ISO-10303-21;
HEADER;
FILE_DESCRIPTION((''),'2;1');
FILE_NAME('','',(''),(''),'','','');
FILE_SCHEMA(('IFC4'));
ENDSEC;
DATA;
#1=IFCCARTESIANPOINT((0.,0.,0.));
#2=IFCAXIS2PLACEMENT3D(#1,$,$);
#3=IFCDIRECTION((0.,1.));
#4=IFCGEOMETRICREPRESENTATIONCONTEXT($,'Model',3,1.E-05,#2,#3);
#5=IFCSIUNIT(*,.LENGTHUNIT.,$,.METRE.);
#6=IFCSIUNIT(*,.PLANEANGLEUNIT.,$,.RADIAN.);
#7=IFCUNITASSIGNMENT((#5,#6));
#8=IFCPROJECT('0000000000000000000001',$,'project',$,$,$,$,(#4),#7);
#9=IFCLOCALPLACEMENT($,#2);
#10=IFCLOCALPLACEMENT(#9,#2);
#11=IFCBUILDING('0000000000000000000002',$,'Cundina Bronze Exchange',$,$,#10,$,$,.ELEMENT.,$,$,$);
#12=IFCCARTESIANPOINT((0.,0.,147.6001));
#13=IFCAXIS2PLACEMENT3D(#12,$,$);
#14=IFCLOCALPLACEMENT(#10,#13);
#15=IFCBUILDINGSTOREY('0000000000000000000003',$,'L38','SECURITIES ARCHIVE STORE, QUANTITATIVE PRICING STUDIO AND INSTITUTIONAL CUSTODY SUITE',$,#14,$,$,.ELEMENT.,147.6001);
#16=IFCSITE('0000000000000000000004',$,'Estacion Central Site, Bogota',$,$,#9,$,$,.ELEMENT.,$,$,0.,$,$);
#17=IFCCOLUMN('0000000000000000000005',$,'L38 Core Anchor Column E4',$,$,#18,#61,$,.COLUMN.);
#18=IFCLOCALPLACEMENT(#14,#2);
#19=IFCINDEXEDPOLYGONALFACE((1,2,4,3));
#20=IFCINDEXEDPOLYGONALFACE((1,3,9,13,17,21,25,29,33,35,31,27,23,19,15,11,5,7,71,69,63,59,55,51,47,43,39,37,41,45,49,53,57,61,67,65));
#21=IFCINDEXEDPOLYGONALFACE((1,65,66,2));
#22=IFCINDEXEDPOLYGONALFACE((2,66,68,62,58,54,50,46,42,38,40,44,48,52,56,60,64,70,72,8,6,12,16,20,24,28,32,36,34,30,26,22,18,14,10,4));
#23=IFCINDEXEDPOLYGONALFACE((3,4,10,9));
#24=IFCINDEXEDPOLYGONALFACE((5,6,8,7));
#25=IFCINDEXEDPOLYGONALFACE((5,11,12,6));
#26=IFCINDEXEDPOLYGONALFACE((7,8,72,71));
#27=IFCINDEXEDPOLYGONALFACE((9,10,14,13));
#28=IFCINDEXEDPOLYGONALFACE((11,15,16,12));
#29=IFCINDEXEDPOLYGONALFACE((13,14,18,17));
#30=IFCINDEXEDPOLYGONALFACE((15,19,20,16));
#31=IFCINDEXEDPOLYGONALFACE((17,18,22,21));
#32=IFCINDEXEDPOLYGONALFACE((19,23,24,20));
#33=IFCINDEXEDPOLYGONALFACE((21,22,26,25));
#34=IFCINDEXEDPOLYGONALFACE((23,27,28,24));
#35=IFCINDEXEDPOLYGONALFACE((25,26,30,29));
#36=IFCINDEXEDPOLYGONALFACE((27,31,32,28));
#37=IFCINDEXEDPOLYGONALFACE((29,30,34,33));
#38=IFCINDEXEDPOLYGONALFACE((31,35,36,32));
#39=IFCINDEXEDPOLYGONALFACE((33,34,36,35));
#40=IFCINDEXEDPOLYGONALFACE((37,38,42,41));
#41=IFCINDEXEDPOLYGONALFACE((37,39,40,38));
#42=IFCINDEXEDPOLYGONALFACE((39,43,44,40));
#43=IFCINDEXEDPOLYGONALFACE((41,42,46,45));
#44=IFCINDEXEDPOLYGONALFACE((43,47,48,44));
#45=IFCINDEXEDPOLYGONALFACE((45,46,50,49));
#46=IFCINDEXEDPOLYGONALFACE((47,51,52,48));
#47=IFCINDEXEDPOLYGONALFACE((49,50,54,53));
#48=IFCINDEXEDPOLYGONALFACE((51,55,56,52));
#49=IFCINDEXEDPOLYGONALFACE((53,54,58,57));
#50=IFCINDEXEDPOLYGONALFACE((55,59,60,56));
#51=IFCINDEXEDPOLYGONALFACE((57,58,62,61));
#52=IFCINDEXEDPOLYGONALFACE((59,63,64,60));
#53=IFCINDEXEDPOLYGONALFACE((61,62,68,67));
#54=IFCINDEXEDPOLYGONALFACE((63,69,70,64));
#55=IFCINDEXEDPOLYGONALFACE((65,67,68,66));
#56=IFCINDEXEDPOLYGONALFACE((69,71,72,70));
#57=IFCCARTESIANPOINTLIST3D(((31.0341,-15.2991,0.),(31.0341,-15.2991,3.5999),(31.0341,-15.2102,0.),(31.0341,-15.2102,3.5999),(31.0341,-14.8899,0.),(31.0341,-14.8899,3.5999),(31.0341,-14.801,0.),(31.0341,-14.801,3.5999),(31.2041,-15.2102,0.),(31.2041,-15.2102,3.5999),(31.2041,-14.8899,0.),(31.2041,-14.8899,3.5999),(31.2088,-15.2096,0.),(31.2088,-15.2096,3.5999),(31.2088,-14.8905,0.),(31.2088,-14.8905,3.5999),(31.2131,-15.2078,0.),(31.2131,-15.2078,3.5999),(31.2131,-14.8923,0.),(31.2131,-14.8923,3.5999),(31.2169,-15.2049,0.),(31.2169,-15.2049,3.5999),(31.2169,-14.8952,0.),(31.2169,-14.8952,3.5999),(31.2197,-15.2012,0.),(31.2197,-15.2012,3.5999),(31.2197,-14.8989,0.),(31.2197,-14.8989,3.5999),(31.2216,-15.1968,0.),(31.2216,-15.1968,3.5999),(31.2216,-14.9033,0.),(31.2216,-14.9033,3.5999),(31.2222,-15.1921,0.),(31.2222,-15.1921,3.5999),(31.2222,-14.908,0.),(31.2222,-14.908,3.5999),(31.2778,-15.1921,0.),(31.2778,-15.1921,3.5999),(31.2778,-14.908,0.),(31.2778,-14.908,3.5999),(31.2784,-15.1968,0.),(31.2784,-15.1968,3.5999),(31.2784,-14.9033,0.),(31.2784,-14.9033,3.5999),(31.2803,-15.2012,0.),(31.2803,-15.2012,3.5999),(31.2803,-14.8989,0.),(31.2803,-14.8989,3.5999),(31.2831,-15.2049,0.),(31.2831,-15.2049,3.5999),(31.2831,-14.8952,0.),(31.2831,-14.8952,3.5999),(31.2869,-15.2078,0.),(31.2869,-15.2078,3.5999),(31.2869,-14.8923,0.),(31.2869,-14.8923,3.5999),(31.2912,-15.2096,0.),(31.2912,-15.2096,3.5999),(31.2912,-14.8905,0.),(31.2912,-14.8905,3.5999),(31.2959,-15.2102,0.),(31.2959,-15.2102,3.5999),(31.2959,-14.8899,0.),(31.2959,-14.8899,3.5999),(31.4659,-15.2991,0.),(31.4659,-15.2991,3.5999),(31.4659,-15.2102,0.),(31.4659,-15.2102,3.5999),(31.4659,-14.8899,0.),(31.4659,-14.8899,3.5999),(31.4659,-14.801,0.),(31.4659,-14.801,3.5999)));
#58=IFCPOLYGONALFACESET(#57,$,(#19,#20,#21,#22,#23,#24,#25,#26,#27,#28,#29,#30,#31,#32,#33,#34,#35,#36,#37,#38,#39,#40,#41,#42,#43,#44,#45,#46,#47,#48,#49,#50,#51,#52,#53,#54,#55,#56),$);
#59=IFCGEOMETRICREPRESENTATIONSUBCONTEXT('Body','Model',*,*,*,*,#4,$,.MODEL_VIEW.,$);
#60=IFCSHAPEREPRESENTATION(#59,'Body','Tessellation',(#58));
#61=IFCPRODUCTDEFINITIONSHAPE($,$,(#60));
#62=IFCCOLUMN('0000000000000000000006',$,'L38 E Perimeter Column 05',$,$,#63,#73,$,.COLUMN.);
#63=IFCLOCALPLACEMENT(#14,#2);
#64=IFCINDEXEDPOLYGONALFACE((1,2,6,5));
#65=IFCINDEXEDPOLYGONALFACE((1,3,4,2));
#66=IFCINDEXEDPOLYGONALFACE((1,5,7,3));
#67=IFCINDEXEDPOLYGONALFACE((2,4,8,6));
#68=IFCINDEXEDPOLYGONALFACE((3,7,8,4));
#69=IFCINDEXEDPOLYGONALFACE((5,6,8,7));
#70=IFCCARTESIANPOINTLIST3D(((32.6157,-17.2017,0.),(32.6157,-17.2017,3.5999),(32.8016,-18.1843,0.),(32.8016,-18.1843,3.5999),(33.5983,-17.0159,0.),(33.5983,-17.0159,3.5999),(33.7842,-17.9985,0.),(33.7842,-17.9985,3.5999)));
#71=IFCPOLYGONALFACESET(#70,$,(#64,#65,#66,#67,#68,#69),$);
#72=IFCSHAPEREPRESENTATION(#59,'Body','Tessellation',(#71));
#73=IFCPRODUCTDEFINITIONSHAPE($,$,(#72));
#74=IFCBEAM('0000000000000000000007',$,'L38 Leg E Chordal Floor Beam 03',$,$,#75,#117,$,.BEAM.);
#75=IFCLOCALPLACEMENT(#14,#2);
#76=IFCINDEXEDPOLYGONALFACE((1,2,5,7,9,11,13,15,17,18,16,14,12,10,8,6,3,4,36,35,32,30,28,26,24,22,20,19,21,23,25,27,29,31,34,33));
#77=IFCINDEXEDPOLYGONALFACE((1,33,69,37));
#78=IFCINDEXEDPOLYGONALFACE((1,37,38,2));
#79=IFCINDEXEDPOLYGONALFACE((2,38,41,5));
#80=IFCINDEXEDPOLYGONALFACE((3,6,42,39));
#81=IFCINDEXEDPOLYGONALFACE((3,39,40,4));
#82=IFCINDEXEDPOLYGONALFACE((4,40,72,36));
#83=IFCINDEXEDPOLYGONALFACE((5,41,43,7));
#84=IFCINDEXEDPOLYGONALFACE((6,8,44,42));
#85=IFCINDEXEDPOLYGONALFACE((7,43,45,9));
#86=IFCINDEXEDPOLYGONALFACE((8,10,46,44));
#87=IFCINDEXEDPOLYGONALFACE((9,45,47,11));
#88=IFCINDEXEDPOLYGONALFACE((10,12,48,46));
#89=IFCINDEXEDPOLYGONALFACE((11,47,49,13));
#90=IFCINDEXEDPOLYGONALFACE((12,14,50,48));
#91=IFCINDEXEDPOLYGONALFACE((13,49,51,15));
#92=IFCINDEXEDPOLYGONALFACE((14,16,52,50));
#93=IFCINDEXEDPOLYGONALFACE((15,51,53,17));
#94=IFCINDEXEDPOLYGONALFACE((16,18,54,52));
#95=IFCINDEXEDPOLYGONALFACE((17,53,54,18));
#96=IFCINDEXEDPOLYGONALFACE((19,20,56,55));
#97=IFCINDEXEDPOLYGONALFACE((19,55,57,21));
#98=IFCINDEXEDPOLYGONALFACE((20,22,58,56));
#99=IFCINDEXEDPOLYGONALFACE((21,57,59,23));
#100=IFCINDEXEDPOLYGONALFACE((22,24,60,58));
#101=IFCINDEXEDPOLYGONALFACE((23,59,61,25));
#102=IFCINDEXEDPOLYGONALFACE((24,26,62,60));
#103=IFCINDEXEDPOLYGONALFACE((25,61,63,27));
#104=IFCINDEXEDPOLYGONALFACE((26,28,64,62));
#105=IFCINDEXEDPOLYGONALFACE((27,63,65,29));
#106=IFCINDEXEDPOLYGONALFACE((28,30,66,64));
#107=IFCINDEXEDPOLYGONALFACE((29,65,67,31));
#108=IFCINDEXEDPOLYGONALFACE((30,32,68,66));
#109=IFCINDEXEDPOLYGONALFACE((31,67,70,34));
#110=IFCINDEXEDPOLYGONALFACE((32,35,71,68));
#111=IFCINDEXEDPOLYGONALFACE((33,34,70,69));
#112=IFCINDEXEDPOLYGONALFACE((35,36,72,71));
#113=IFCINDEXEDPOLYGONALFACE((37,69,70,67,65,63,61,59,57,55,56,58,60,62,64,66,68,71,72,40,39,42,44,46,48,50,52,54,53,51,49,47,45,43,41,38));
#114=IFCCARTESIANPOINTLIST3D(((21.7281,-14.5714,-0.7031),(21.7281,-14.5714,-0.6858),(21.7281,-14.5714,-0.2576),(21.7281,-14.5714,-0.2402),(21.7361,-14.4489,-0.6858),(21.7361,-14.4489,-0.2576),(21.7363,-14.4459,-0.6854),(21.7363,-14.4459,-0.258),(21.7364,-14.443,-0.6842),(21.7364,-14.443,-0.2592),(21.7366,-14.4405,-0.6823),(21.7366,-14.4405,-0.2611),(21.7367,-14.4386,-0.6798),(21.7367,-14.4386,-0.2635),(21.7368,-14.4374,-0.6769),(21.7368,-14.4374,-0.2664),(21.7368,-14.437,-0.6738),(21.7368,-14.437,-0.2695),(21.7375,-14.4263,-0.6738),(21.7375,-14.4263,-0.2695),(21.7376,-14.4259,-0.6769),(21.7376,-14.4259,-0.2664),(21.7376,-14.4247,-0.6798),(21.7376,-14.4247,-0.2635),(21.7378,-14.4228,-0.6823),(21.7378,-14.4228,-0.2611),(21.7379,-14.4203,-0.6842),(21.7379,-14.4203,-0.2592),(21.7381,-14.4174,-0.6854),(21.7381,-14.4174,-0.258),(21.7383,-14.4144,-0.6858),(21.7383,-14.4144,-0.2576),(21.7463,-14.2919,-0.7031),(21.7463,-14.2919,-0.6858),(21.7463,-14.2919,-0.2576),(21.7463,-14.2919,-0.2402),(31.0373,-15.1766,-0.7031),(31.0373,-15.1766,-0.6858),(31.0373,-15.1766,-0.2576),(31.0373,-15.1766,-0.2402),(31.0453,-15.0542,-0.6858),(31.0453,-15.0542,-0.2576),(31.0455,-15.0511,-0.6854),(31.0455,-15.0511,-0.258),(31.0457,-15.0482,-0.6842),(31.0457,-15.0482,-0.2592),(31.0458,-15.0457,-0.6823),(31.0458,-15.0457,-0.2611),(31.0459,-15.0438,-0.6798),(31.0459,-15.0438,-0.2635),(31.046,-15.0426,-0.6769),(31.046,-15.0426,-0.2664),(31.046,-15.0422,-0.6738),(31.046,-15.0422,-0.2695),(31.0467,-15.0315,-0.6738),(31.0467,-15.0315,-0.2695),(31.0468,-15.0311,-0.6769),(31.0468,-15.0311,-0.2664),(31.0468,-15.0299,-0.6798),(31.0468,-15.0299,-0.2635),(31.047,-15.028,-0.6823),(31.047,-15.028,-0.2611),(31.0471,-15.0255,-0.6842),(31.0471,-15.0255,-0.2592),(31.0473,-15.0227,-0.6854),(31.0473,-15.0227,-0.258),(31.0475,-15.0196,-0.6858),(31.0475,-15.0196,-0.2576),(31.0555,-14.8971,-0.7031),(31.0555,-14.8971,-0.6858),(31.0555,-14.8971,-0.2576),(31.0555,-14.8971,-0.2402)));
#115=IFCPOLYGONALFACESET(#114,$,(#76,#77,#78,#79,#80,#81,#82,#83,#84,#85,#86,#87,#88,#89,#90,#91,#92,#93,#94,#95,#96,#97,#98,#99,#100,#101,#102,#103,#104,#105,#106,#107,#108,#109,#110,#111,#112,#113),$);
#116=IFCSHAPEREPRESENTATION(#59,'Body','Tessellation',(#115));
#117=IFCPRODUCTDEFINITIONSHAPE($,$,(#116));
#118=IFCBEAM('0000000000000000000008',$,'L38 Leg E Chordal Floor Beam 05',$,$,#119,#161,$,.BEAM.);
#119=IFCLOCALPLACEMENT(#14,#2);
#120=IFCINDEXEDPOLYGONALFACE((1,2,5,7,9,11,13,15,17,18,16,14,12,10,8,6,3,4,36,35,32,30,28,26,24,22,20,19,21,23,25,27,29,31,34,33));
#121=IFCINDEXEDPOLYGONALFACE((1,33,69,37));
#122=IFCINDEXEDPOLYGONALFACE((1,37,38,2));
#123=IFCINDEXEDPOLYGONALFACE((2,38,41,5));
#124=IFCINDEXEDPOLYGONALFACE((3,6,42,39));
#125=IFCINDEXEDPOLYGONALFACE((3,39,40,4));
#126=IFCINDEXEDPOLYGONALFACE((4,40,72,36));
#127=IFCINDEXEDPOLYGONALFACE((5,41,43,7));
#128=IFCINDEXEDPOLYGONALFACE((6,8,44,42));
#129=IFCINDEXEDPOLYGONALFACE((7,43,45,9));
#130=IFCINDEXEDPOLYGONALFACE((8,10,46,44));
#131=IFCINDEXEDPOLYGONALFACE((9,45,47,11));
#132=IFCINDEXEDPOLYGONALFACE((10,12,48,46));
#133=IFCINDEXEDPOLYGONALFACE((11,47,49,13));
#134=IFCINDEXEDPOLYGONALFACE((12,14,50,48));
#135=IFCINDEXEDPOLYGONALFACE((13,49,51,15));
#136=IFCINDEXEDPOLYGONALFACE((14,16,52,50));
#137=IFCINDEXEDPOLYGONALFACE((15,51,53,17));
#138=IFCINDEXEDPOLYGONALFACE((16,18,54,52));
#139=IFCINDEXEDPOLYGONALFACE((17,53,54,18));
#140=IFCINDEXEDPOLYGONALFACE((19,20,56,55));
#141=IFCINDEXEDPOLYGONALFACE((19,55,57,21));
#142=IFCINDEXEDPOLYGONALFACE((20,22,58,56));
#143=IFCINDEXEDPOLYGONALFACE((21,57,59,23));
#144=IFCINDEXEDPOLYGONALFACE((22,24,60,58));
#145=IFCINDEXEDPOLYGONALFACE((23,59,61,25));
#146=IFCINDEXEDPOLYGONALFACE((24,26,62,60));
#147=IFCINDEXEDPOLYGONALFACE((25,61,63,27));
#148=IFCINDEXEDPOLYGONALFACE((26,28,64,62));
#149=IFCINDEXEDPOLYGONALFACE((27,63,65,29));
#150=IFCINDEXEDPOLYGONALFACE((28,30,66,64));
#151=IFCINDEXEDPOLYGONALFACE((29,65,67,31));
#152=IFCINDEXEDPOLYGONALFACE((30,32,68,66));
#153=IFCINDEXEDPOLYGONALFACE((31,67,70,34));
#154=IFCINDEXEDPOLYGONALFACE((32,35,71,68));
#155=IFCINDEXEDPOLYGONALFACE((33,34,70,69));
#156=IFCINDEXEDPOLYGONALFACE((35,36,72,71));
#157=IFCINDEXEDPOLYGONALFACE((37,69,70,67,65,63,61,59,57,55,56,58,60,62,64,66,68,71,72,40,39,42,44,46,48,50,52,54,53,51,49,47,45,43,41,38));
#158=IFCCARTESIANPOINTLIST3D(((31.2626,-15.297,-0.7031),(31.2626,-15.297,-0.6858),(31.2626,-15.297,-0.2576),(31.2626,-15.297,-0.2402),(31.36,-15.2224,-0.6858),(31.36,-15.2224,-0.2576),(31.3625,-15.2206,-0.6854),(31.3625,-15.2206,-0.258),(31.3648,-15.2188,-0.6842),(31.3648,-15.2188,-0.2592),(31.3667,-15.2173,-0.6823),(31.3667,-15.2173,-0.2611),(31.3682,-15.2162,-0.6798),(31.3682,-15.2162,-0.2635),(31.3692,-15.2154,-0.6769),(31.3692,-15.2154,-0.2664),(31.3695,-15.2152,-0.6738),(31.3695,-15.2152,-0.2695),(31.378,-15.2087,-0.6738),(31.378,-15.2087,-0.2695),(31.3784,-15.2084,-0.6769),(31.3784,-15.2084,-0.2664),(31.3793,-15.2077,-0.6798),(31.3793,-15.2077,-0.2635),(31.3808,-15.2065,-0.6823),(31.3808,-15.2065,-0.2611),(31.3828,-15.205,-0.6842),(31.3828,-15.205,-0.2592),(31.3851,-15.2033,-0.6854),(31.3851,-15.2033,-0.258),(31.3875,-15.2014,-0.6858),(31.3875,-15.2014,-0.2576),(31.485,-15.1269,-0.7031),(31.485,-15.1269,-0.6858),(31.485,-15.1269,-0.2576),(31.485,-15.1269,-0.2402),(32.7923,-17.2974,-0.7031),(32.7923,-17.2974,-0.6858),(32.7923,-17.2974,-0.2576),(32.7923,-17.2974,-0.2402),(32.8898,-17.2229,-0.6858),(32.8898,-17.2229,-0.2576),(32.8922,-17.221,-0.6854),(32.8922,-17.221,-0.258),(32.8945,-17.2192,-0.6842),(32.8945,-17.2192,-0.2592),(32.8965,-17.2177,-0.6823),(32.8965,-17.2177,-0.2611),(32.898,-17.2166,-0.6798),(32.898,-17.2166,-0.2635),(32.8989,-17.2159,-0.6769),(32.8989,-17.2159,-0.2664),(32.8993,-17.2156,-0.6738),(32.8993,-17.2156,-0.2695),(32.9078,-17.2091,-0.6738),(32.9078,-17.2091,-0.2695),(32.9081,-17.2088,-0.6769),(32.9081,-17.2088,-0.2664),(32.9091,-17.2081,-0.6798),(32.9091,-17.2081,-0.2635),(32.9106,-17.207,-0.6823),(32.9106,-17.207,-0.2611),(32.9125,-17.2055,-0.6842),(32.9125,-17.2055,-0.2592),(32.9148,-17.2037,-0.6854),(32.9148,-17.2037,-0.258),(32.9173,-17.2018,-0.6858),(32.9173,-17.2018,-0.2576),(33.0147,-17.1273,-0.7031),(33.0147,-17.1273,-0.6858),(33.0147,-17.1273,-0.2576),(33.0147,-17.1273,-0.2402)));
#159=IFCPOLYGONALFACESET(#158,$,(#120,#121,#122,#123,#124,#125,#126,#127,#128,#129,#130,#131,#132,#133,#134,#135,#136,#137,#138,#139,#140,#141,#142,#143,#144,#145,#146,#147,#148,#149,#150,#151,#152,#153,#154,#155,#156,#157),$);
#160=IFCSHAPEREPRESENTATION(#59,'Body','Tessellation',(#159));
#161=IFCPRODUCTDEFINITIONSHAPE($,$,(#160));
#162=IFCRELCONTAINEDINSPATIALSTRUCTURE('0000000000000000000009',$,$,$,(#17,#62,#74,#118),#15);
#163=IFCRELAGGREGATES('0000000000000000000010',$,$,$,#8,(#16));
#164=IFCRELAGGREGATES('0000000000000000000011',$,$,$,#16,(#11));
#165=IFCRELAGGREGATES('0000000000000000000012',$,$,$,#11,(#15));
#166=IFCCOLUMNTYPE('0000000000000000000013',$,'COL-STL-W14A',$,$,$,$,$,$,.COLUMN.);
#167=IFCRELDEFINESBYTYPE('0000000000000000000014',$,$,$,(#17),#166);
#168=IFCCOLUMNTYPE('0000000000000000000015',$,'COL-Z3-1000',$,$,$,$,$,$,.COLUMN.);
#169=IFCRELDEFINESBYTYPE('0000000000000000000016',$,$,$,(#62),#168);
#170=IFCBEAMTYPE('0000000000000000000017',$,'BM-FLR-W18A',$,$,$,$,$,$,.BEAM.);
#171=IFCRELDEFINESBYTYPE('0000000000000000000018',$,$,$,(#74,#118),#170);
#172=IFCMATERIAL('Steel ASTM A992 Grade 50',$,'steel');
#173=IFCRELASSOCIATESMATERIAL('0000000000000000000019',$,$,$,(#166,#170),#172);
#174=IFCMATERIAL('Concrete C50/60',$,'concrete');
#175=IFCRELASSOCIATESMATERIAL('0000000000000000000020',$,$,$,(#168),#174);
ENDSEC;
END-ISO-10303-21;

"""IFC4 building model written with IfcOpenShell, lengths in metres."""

from ifc_helpers import new_model, si_unit, direction, frame, origin, origin_2d, place, context, subcontext, project, spatial, rectangle, i_section, extrude, material, material_profile, profile_set, type_object, element, save


model = new_model("IFC4")

# Units and contexts
model_context = context("Model", 3, precision=1e-05, world=origin(), true_north=direction((0.0, 1.0)))
body_context = subcontext(model_context, "Body", "Model", "MODEL_VIEW")
ifc_project = project(units=[si_unit("LENGTHUNIT", "METRE"), si_unit("PLANEANGLEUNIT", "RADIAN")], contexts=[model_context])

# Site, building, storey
site_placement = place(None, origin())
site = spatial("IfcSite", under=ifc_project, at=site_placement, Name="Estacion Central Site, Bogota", CompositionType="ELEMENT", RefElevation=0.0)
building_placement = place(site_placement, origin())
building = spatial("IfcBuilding", under=site, at=building_placement, Name="Cundina Bronze Exchange", CompositionType="ELEMENT")
storey_placement = place(building_placement, frame((0.0, 0.0, 147.6001)))
storey = spatial("IfcBuildingStorey", under=building, at=storey_placement, Name="L38", Description="SECURITIES ARCHIVE STORE, QUANTITATIVE PRICING STUDIO AND INSTITUTIONAL CUSTODY SUITE", CompositionType="ELEMENT", Elevation=147.6001)

# Columns
ifc_material_1 = material(Name="Steel ASTM A992 Grade 50", Category="steel")
ifc_material_profile_1 = material_profile(ifc_material_1, i_section(OverallWidth=0.4319, OverallDepth=0.498, WebThickness=0.0557, FlangeThickness=0.0889, FilletRadius=0.0181, at=origin_2d()), Name="W14X500", Category="steel")
ifc_profile_set_1 = profile_set([ifc_material_profile_1], Name="Steel ASTM A992 Grade 50")
column_type_1 = type_object("IfcColumnType", Name="COL-STL-W14A", PredefinedType="COLUMN", material=ifc_profile_set_1)
column_1_placement = place(storey_placement, frame((31.25, -15.05, 0.0), z_axis=(0.0, 0.0, 1.0), x_axis=(1.0, 0.0, 0.0)))
element("IfcColumn", 1, at=column_1_placement, inside=storey, type_object=column_type_1, Name="L38 Core Anchor Column E4", PredefinedType="COLUMN", context=body_context, shape_type="SweptSolid", body=[
    extrude(i_section(OverallWidth=0.4319, OverallDepth=0.498, WebThickness=0.0557, FlangeThickness=0.0889, FilletRadius=0.0181, at=origin_2d()), origin(), (0.0, 0.0, 1.0), 3.5999),
])
ifc_material_2 = material(Name="Concrete C50/60", Category="concrete")
ifc_material_profile_2 = material_profile(ifc_material_2, rectangle(XDim=1.0, YDim=1.0, at=origin_2d()), Name="RC1000X1000", Category="concrete")
ifc_profile_set_2 = profile_set([ifc_material_profile_2], Name="Concrete C50/60")
column_type_2 = type_object("IfcColumnType", Name="COL-Z3-1000", PredefinedType="COLUMN", material=ifc_profile_set_2)
column_2_placement = place(storey_placement, frame((33.2, -17.6001, 0.0), z_axis=(0.0, 0.0, 1.0), x_axis=(0.98258, 0.185838, 0.0)))
element("IfcColumn", 2, at=column_2_placement, inside=storey, type_object=column_type_2, Name="L38 E Perimeter Column 05", PredefinedType="COLUMN", context=body_context, shape_type="SweptSolid", body=[
    extrude(rectangle(XDim=1.0, YDim=1.0, at=origin_2d()), origin(), (0.0, 0.0, 1.0), 3.5999),
])

# Beams
ifc_material_profile_3 = material_profile(ifc_material_1, i_section(OverallWidth=0.28, OverallDepth=0.4629, WebThickness=0.0107, FlangeThickness=0.0173, FilletRadius=0.012, at=origin_2d()), Name="W18X76", Category="steel")
ifc_profile_set_3 = profile_set([ifc_material_profile_3], Name="Steel ASTM A992 Grade 50")
beam_type_1 = type_object("IfcBeamType", Name="BM-FLR-W18A", PredefinedType="BEAM", material=ifc_profile_set_3)
beam_1_placement = place(storey_placement, frame((31.0464, -15.0369, -0.4717), z_axis=(-0.997893, 0.064876, 0.0), x_axis=(-0.064876, -0.997893, 0.0)))
element("IfcBeam", 3, at=beam_1_placement, inside=storey, type_object=beam_type_1, Name="L38 Leg E Chordal Floor Beam 03", PredefinedType="BEAM", context=body_context, shape_type="SweptSolid", body=[
    extrude(i_section(OverallWidth=0.28, OverallDepth=0.4629, WebThickness=0.0107, FlangeThickness=0.0173, FilletRadius=0.012, at=origin_2d()), origin(), (0.0, 0.0, 1.0), 9.3289),
])
beam_2_placement = place(storey_placement, frame((31.3738, -15.2119, -0.4717), z_axis=(0.60745, -0.794358, 0.0), x_axis=(0.794358, 0.60745, 0.0)))
element("IfcBeam", 4, at=beam_2_placement, inside=storey, type_object=beam_type_1, Name="L38 Leg E Chordal Floor Beam 05", PredefinedType="BEAM", context=body_context, shape_type="SweptSolid", body=[
    extrude(i_section(OverallWidth=0.28, OverallDepth=0.4629, WebThickness=0.0107, FlangeThickness=0.0173, FilletRadius=0.012, at=origin_2d()), origin(), (0.0, 0.0, 1.0), 2.5183),
])

save(model, "model.ifc")
